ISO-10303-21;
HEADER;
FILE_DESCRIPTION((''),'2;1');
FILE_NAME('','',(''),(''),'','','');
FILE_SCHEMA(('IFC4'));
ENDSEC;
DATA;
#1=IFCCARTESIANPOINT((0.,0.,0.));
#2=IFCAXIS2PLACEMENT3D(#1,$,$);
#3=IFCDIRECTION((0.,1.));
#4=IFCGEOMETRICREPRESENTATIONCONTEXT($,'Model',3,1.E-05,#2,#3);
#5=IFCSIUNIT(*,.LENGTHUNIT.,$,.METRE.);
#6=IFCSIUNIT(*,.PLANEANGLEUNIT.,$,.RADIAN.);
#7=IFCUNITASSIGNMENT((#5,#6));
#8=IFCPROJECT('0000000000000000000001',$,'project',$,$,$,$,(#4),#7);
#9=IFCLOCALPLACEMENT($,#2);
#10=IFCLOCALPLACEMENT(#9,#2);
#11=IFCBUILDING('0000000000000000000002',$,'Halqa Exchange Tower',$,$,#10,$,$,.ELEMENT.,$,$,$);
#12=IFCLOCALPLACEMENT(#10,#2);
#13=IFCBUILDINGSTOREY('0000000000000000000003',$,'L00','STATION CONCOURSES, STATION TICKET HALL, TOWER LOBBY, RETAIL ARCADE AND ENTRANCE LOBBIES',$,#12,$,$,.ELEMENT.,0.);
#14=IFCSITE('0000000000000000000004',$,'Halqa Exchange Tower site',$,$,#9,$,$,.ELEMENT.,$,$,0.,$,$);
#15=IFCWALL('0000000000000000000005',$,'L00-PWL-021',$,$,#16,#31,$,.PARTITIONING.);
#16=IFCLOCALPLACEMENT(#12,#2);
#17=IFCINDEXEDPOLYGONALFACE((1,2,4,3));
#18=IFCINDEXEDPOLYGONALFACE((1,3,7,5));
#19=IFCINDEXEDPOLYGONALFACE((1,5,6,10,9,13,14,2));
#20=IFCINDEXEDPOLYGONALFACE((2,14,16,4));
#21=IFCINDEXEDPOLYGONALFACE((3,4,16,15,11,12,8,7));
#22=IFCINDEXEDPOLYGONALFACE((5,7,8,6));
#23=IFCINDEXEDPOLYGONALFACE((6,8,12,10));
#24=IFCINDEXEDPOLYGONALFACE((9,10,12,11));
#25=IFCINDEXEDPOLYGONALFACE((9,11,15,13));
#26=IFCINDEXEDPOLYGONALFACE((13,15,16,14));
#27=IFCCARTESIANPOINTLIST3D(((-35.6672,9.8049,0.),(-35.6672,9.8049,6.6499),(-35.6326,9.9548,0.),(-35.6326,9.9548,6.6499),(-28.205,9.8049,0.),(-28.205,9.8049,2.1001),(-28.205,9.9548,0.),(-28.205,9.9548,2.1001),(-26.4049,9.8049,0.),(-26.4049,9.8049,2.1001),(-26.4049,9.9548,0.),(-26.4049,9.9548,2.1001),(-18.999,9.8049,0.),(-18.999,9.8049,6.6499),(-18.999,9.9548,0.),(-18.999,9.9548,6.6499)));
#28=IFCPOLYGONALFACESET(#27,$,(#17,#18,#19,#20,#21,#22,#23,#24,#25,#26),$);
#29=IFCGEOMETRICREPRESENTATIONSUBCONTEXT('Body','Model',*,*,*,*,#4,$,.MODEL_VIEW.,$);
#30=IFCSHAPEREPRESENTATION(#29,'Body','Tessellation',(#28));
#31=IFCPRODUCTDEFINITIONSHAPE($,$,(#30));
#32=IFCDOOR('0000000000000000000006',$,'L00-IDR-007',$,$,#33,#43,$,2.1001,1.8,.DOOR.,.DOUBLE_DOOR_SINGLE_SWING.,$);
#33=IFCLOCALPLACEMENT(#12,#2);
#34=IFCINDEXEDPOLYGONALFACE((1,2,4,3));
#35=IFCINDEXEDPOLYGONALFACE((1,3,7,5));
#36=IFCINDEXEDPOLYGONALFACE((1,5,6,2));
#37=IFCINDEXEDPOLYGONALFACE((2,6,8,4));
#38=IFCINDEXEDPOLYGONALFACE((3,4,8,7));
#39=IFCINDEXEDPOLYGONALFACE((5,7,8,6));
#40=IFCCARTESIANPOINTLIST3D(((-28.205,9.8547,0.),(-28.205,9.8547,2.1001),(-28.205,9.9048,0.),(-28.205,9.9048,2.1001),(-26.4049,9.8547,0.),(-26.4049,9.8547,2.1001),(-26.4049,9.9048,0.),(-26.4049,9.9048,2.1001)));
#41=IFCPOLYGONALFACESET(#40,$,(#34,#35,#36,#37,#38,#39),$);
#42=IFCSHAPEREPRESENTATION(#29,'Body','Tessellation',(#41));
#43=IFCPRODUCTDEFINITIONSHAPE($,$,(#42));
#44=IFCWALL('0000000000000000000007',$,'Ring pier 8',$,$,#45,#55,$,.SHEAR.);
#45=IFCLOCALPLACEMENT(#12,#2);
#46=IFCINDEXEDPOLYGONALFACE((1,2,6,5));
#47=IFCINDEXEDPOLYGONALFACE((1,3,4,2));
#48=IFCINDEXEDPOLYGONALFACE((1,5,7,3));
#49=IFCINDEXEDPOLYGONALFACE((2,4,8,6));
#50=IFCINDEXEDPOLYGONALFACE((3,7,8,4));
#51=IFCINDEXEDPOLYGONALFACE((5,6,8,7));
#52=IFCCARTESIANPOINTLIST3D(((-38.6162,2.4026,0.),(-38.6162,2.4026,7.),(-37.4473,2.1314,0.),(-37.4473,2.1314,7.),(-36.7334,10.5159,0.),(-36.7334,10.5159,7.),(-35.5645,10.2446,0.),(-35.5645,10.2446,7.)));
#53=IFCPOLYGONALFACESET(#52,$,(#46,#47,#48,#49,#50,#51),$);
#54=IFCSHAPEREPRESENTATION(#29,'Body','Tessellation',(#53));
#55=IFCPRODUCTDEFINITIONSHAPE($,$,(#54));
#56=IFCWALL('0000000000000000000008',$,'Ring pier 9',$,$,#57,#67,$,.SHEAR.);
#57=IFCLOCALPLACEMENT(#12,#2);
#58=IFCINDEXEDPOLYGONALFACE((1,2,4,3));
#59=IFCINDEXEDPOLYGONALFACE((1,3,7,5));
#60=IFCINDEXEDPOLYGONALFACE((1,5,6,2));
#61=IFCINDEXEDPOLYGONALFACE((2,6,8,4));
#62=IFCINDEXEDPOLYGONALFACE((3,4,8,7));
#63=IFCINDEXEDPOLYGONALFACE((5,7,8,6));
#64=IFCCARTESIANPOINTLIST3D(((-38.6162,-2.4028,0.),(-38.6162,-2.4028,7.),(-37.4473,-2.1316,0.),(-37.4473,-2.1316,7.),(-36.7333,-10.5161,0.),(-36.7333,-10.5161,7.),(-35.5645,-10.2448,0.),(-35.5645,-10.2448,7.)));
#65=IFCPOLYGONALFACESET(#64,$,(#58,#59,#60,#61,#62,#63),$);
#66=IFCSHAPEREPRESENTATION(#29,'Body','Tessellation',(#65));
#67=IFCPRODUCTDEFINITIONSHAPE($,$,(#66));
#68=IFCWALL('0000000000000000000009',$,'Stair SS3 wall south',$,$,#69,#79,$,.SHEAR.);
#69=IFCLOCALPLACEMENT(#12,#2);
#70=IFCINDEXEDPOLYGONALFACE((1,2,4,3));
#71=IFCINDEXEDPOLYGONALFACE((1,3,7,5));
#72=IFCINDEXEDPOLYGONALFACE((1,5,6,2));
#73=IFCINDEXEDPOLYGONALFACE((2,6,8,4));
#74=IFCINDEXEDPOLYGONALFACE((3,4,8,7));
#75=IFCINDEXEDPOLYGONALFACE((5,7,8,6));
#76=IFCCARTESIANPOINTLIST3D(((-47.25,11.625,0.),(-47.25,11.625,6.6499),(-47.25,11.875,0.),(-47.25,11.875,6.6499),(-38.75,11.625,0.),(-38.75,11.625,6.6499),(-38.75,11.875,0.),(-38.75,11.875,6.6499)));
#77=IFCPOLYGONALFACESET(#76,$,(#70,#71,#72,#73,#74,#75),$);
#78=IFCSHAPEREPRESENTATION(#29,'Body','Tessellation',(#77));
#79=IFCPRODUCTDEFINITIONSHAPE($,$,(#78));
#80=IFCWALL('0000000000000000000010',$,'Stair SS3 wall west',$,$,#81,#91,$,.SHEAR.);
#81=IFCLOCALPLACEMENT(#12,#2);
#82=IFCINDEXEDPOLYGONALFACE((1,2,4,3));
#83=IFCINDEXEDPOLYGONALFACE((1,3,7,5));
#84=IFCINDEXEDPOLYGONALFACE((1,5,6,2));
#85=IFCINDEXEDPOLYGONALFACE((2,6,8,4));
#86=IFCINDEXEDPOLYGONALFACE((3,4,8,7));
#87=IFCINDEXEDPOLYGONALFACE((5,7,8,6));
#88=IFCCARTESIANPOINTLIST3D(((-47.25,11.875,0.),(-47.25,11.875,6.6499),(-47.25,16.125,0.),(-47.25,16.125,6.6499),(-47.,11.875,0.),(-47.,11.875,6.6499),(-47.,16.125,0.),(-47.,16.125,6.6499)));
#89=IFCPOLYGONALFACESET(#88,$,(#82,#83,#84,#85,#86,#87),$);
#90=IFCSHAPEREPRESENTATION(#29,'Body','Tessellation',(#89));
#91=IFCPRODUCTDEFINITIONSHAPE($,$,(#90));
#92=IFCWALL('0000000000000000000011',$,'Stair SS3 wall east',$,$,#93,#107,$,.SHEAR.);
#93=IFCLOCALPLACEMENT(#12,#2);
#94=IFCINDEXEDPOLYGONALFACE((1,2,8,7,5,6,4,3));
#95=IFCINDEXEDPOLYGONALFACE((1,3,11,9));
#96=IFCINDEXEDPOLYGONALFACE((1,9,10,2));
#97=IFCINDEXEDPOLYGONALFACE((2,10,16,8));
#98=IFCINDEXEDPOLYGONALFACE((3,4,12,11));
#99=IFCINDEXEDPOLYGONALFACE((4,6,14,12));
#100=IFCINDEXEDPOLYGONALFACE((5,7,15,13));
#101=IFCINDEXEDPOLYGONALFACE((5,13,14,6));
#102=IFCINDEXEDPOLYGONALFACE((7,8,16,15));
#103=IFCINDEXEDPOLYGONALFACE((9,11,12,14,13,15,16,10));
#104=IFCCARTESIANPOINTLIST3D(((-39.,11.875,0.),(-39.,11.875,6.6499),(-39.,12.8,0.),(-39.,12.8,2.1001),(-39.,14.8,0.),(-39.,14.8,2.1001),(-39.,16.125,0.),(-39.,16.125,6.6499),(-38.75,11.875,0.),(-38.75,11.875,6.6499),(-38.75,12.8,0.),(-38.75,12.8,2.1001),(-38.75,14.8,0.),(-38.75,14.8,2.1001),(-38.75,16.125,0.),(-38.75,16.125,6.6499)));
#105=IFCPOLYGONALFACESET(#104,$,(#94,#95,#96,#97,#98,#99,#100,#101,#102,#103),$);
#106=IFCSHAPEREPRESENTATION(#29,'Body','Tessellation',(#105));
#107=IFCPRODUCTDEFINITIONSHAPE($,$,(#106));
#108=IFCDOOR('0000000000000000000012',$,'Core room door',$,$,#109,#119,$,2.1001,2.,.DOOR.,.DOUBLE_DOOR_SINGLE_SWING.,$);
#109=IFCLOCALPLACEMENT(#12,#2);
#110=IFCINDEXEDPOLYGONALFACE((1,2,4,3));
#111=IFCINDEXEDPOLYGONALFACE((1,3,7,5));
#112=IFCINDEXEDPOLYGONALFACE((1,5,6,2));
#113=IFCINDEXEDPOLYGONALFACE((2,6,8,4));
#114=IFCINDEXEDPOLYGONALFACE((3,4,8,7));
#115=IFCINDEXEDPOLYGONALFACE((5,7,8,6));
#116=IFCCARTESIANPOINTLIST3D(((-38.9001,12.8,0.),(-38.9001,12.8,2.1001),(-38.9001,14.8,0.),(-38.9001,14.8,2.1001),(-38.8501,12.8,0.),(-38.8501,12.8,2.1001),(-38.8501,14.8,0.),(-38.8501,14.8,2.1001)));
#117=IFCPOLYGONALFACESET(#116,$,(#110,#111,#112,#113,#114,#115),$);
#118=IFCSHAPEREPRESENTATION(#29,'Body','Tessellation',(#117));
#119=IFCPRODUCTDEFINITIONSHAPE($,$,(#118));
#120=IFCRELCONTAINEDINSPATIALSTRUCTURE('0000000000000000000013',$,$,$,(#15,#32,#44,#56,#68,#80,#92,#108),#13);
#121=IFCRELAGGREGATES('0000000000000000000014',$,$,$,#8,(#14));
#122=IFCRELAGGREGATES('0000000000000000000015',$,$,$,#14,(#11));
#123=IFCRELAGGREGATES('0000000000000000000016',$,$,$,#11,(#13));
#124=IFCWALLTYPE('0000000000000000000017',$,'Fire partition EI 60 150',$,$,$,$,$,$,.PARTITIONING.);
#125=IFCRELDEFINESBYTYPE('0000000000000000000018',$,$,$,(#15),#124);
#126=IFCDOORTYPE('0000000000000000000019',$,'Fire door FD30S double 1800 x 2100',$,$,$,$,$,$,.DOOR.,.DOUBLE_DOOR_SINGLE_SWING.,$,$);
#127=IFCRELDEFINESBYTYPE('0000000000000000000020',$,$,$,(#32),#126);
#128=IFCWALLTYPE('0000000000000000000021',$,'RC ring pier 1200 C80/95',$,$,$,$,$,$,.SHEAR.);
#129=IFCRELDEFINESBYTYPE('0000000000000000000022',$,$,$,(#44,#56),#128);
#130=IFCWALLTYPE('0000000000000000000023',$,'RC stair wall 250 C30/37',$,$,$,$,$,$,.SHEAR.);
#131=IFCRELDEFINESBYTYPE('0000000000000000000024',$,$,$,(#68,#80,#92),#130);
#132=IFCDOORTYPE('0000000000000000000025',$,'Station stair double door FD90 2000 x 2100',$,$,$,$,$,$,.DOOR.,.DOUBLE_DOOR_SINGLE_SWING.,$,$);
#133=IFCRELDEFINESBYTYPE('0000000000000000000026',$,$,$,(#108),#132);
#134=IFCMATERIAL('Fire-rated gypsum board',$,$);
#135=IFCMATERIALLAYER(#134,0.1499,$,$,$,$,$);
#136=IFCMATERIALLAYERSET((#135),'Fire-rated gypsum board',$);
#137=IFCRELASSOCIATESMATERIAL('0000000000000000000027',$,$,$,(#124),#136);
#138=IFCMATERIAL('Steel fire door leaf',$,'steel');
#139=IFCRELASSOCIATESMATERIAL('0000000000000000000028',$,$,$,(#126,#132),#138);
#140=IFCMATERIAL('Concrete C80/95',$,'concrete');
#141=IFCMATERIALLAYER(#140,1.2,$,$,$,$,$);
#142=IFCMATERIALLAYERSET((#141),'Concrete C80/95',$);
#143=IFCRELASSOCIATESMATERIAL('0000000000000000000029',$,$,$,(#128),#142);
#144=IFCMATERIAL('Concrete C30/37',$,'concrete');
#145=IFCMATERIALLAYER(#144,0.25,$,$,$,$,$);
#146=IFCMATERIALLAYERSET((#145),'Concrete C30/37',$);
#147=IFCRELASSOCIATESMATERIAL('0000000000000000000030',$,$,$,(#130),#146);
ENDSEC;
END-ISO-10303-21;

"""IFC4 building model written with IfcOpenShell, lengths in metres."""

from ifc_helpers import new_model, si_unit, direction, frame, frame_2d, origin, place, context, subcontext, project, spatial, polyline, rectangle, outline, extrude, material, layer, layer_set, type_object, element, fill, save


model = new_model("IFC4")

# Units and contexts
model_context = context("Model", 3, precision=1e-05, world=origin(), true_north=direction((0.0, 1.0)))
body_context = subcontext(model_context, "Body", "Model", "MODEL_VIEW")
ifc_project = project(units=[si_unit("LENGTHUNIT", "METRE"), si_unit("PLANEANGLEUNIT", "RADIAN")], contexts=[model_context])

# Site, building, storey
site_placement = place(None, origin())
site = spatial("IfcSite", under=ifc_project, at=site_placement, Name="Halqa Exchange Tower site", CompositionType="ELEMENT", RefElevation=0.0)
building_placement = place(site_placement, origin())
building = spatial("IfcBuilding", under=site, at=building_placement, Name="Halqa Exchange Tower", CompositionType="ELEMENT")
storey_placement = place(building_placement, origin())
storey = spatial("IfcBuildingStorey", under=building, at=storey_placement, Name="L00", Description="STATION CONCOURSES, STATION TICKET HALL, TOWER LOBBY, RETAIL ARCADE AND ENTRANCE LOBBIES", CompositionType="ELEMENT", Elevation=0.0)

# Shared definitions
ifc_material_1 = material(Name="Fire-rated gypsum board")
ifc_layer_1 = layer(ifc_material_1, 0.1499)
ifc_layer_set_1 = layer_set([ifc_layer_1], Name="Fire-rated gypsum board")
wall_type_1 = type_object("IfcWallType", Name="Fire partition EI 60 150", PredefinedType="PARTITIONING", material=ifc_layer_set_1)
ifc_material_2 = material(Name="Steel fire door leaf", Category="steel")
door_type_1 = type_object("IfcDoorType", Name="Fire door FD30S double 1800 x 2100", OperationType="DOUBLE_DOOR_SINGLE_SWING", PredefinedType="DOOR", material=ifc_material_2)

# Wall, opening, door
wall_1_placement = place(storey_placement, frame((-35.6499, 9.8799, 0.0), z_axis=(0.0, 0.0, 1.0), x_axis=(1.0, 0.0, 0.0)))
wall_1 = element("IfcWall", 1, at=wall_1_placement, inside=storey, type_object=wall_type_1, Name="L00-PWL-021", PredefinedType="PARTITIONING", context=body_context, shape_type="SweptSolid", body=[
    extrude(outline(polyline([(-0.0173, -0.075), (16.6509, -0.075), (16.6509, 0.075), (0.0173, 0.075), (-0.0173, -0.075)])), origin(), (0.0, 0.0, 1.0), 6.6499),
])
opening_1_placement = place(wall_1_placement, frame((7.4451, 0.0, 0.0)))
opening_1 = element("IfcOpeningElement", 2, at=opening_1_placement, cuts=wall_1, PredefinedType="OPENING", context=body_context, shape_type="SweptSolid", body=[
    extrude(rectangle(XDim=1.8, YDim=2.1001, at=frame_2d((0.8999, 1.05))), frame((0.0, 0.0869, 0.0), z_axis=(0.0, -1.0, 0.0), x_axis=(1.0, 0.0, 0.0)), (0.0, 0.0, 1.0), 0.1738),
])
door_1_placement = place(opening_1_placement, origin())
door_1 = element("IfcDoor", 3, at=door_1_placement, inside=storey, type_object=door_type_1, Name="L00-IDR-007", OperationType="DOUBLE_DOOR_SINGLE_SWING", OverallHeight=2.1001, OverallWidth=1.8, PredefinedType="DOOR", context=body_context, shape_type="SweptSolid", body=[
    extrude(rectangle(XDim=1.8, YDim=2.1001, at=frame_2d((0.8999, 1.05))), frame((0.0, 0.0249, 0.0), z_axis=(0.0, -1.0, 0.0), x_axis=(1.0, 0.0, 0.0)), (0.0, 0.0, 1.0), 0.05),
])
fill(opening_1, door_1)

# Walls
ifc_material_3 = material(Name="Concrete C80/95", Category="concrete")
ifc_layer_2 = layer(ifc_material_3, 1.2)
ifc_layer_set_2 = layer_set([ifc_layer_2], Name="Concrete C80/95")
wall_type_2 = type_object("IfcWallType", Name="RC ring pier 1200 C80/95", PredefinedType="SHEAR", material=ifc_layer_set_2)
for number, where, z_axis, x_axis, name in (
    (4, (-36.1489, 10.3804, 0.0), (0.0, 0.0, 1.0), (-0.226058, -0.974114, 0.0), "Ring pier 8"),
    (5, (-38.0317, -2.2671, 0.0), (0.0, 0.0, 1.0), (0.226058, -0.974114, 0.0), "Ring pier 9"),
):
    element("IfcWall", number, at=place(storey_placement, frame(where, z_axis=z_axis, x_axis=x_axis)), inside=storey, type_object=wall_type_2, Name=name, PredefinedType="SHEAR", context=body_context, shape_type="SweptSolid", body=[
        extrude(rectangle(XDim=8.3289, YDim=1.2, at=frame_2d((4.1646, 0.0))), origin(), (0.0, 0.0, 1.0), 7.0),
    ])
ifc_material_4 = material(Name="Concrete C30/37", Category="concrete")
ifc_layer_3 = layer(ifc_material_4, 0.25)
ifc_layer_set_3 = layer_set([ifc_layer_3], Name="Concrete C30/37")
wall_type_3 = type_object("IfcWallType", Name="RC stair wall 250 C30/37", PredefinedType="SHEAR", material=ifc_layer_set_3)
wall_2_placement = place(storey_placement, frame((-47.25, 11.75, 0.0), z_axis=(0.0, 0.0, 1.0), x_axis=(1.0, 0.0, 0.0)))
element("IfcWall", 6, at=wall_2_placement, inside=storey, type_object=wall_type_3, Name="Stair SS3 wall south", PredefinedType="SHEAR", context=body_context, shape_type="SweptSolid", body=[
    extrude(rectangle(XDim=8.5, YDim=0.25, at=frame_2d((4.25, 0.0))), origin(), (0.0, 0.0, 1.0), 6.6499),
])
wall_3_placement = place(storey_placement, frame((-47.125, 11.875, 0.0), z_axis=(0.0, 0.0, 1.0), x_axis=(0.0, 1.0, 0.0)))
element("IfcWall", 7, at=wall_3_placement, inside=storey, type_object=wall_type_3, Name="Stair SS3 wall west", PredefinedType="SHEAR", context=body_context, shape_type="SweptSolid", body=[
    extrude(rectangle(XDim=4.25, YDim=0.25, at=frame_2d((2.125, 0.0))), origin(), (0.0, 0.0, 1.0), 6.6499),
])

# Wall, opening, door
wall_4_placement = place(storey_placement, frame((-38.875, 11.875, 0.0), z_axis=(0.0, 0.0, 1.0), x_axis=(0.0, 1.0, 0.0)))
wall_4 = element("IfcWall", 8, at=wall_4_placement, inside=storey, type_object=wall_type_3, Name="Stair SS3 wall east", PredefinedType="SHEAR", context=body_context, shape_type="SweptSolid", body=[
    extrude(rectangle(XDim=4.25, YDim=0.25, at=frame_2d((2.125, 0.0))), origin(), (0.0, 0.0, 1.0), 6.6499),
])
opening_2_placement = place(wall_4_placement, frame((0.925, 0.0, 0.0)))
opening_2 = element("IfcOpeningElement", 9, at=opening_2_placement, cuts=wall_4, PredefinedType="OPENING", context=body_context, shape_type="SweptSolid", body=[
    extrude(rectangle(XDim=2.0, YDim=2.1001, at=frame_2d((1.0, 1.05))), frame((0.0, 0.137, 0.0), z_axis=(0.0, -1.0, 0.0), x_axis=(1.0, 0.0, 0.0)), (0.0, 0.0, 1.0), 0.2739),
])
door_type_2 = type_object("IfcDoorType", Name="Station stair double door FD90 2000 x 2100", OperationType="DOUBLE_DOOR_SINGLE_SWING", PredefinedType="DOOR", material=ifc_material_2)
door_2_placement = place(opening_2_placement, frame((2.0, 0.0, 0.0), z_axis=(0.0, 0.0, 1.0), x_axis=(-1.0, 0.0, 0.0)))
door_2 = element("IfcDoor", 10, at=door_2_placement, inside=storey, type_object=door_type_2, Name="Core room door", OperationType="DOUBLE_DOOR_SINGLE_SWING", OverallHeight=2.1001, OverallWidth=2.0, PredefinedType="DOOR", context=body_context, shape_type="SweptSolid", body=[
    extrude(rectangle(XDim=2.0, YDim=2.1001, at=frame_2d((1.0, 1.05))), frame((0.0, 0.0249, 0.0), z_axis=(0.0, -1.0, 0.0), x_axis=(1.0, 0.0, 0.0)), (0.0, 0.0, 1.0), 0.05),
])
fill(opening_2, door_2)

save(model, "model.ifc")
